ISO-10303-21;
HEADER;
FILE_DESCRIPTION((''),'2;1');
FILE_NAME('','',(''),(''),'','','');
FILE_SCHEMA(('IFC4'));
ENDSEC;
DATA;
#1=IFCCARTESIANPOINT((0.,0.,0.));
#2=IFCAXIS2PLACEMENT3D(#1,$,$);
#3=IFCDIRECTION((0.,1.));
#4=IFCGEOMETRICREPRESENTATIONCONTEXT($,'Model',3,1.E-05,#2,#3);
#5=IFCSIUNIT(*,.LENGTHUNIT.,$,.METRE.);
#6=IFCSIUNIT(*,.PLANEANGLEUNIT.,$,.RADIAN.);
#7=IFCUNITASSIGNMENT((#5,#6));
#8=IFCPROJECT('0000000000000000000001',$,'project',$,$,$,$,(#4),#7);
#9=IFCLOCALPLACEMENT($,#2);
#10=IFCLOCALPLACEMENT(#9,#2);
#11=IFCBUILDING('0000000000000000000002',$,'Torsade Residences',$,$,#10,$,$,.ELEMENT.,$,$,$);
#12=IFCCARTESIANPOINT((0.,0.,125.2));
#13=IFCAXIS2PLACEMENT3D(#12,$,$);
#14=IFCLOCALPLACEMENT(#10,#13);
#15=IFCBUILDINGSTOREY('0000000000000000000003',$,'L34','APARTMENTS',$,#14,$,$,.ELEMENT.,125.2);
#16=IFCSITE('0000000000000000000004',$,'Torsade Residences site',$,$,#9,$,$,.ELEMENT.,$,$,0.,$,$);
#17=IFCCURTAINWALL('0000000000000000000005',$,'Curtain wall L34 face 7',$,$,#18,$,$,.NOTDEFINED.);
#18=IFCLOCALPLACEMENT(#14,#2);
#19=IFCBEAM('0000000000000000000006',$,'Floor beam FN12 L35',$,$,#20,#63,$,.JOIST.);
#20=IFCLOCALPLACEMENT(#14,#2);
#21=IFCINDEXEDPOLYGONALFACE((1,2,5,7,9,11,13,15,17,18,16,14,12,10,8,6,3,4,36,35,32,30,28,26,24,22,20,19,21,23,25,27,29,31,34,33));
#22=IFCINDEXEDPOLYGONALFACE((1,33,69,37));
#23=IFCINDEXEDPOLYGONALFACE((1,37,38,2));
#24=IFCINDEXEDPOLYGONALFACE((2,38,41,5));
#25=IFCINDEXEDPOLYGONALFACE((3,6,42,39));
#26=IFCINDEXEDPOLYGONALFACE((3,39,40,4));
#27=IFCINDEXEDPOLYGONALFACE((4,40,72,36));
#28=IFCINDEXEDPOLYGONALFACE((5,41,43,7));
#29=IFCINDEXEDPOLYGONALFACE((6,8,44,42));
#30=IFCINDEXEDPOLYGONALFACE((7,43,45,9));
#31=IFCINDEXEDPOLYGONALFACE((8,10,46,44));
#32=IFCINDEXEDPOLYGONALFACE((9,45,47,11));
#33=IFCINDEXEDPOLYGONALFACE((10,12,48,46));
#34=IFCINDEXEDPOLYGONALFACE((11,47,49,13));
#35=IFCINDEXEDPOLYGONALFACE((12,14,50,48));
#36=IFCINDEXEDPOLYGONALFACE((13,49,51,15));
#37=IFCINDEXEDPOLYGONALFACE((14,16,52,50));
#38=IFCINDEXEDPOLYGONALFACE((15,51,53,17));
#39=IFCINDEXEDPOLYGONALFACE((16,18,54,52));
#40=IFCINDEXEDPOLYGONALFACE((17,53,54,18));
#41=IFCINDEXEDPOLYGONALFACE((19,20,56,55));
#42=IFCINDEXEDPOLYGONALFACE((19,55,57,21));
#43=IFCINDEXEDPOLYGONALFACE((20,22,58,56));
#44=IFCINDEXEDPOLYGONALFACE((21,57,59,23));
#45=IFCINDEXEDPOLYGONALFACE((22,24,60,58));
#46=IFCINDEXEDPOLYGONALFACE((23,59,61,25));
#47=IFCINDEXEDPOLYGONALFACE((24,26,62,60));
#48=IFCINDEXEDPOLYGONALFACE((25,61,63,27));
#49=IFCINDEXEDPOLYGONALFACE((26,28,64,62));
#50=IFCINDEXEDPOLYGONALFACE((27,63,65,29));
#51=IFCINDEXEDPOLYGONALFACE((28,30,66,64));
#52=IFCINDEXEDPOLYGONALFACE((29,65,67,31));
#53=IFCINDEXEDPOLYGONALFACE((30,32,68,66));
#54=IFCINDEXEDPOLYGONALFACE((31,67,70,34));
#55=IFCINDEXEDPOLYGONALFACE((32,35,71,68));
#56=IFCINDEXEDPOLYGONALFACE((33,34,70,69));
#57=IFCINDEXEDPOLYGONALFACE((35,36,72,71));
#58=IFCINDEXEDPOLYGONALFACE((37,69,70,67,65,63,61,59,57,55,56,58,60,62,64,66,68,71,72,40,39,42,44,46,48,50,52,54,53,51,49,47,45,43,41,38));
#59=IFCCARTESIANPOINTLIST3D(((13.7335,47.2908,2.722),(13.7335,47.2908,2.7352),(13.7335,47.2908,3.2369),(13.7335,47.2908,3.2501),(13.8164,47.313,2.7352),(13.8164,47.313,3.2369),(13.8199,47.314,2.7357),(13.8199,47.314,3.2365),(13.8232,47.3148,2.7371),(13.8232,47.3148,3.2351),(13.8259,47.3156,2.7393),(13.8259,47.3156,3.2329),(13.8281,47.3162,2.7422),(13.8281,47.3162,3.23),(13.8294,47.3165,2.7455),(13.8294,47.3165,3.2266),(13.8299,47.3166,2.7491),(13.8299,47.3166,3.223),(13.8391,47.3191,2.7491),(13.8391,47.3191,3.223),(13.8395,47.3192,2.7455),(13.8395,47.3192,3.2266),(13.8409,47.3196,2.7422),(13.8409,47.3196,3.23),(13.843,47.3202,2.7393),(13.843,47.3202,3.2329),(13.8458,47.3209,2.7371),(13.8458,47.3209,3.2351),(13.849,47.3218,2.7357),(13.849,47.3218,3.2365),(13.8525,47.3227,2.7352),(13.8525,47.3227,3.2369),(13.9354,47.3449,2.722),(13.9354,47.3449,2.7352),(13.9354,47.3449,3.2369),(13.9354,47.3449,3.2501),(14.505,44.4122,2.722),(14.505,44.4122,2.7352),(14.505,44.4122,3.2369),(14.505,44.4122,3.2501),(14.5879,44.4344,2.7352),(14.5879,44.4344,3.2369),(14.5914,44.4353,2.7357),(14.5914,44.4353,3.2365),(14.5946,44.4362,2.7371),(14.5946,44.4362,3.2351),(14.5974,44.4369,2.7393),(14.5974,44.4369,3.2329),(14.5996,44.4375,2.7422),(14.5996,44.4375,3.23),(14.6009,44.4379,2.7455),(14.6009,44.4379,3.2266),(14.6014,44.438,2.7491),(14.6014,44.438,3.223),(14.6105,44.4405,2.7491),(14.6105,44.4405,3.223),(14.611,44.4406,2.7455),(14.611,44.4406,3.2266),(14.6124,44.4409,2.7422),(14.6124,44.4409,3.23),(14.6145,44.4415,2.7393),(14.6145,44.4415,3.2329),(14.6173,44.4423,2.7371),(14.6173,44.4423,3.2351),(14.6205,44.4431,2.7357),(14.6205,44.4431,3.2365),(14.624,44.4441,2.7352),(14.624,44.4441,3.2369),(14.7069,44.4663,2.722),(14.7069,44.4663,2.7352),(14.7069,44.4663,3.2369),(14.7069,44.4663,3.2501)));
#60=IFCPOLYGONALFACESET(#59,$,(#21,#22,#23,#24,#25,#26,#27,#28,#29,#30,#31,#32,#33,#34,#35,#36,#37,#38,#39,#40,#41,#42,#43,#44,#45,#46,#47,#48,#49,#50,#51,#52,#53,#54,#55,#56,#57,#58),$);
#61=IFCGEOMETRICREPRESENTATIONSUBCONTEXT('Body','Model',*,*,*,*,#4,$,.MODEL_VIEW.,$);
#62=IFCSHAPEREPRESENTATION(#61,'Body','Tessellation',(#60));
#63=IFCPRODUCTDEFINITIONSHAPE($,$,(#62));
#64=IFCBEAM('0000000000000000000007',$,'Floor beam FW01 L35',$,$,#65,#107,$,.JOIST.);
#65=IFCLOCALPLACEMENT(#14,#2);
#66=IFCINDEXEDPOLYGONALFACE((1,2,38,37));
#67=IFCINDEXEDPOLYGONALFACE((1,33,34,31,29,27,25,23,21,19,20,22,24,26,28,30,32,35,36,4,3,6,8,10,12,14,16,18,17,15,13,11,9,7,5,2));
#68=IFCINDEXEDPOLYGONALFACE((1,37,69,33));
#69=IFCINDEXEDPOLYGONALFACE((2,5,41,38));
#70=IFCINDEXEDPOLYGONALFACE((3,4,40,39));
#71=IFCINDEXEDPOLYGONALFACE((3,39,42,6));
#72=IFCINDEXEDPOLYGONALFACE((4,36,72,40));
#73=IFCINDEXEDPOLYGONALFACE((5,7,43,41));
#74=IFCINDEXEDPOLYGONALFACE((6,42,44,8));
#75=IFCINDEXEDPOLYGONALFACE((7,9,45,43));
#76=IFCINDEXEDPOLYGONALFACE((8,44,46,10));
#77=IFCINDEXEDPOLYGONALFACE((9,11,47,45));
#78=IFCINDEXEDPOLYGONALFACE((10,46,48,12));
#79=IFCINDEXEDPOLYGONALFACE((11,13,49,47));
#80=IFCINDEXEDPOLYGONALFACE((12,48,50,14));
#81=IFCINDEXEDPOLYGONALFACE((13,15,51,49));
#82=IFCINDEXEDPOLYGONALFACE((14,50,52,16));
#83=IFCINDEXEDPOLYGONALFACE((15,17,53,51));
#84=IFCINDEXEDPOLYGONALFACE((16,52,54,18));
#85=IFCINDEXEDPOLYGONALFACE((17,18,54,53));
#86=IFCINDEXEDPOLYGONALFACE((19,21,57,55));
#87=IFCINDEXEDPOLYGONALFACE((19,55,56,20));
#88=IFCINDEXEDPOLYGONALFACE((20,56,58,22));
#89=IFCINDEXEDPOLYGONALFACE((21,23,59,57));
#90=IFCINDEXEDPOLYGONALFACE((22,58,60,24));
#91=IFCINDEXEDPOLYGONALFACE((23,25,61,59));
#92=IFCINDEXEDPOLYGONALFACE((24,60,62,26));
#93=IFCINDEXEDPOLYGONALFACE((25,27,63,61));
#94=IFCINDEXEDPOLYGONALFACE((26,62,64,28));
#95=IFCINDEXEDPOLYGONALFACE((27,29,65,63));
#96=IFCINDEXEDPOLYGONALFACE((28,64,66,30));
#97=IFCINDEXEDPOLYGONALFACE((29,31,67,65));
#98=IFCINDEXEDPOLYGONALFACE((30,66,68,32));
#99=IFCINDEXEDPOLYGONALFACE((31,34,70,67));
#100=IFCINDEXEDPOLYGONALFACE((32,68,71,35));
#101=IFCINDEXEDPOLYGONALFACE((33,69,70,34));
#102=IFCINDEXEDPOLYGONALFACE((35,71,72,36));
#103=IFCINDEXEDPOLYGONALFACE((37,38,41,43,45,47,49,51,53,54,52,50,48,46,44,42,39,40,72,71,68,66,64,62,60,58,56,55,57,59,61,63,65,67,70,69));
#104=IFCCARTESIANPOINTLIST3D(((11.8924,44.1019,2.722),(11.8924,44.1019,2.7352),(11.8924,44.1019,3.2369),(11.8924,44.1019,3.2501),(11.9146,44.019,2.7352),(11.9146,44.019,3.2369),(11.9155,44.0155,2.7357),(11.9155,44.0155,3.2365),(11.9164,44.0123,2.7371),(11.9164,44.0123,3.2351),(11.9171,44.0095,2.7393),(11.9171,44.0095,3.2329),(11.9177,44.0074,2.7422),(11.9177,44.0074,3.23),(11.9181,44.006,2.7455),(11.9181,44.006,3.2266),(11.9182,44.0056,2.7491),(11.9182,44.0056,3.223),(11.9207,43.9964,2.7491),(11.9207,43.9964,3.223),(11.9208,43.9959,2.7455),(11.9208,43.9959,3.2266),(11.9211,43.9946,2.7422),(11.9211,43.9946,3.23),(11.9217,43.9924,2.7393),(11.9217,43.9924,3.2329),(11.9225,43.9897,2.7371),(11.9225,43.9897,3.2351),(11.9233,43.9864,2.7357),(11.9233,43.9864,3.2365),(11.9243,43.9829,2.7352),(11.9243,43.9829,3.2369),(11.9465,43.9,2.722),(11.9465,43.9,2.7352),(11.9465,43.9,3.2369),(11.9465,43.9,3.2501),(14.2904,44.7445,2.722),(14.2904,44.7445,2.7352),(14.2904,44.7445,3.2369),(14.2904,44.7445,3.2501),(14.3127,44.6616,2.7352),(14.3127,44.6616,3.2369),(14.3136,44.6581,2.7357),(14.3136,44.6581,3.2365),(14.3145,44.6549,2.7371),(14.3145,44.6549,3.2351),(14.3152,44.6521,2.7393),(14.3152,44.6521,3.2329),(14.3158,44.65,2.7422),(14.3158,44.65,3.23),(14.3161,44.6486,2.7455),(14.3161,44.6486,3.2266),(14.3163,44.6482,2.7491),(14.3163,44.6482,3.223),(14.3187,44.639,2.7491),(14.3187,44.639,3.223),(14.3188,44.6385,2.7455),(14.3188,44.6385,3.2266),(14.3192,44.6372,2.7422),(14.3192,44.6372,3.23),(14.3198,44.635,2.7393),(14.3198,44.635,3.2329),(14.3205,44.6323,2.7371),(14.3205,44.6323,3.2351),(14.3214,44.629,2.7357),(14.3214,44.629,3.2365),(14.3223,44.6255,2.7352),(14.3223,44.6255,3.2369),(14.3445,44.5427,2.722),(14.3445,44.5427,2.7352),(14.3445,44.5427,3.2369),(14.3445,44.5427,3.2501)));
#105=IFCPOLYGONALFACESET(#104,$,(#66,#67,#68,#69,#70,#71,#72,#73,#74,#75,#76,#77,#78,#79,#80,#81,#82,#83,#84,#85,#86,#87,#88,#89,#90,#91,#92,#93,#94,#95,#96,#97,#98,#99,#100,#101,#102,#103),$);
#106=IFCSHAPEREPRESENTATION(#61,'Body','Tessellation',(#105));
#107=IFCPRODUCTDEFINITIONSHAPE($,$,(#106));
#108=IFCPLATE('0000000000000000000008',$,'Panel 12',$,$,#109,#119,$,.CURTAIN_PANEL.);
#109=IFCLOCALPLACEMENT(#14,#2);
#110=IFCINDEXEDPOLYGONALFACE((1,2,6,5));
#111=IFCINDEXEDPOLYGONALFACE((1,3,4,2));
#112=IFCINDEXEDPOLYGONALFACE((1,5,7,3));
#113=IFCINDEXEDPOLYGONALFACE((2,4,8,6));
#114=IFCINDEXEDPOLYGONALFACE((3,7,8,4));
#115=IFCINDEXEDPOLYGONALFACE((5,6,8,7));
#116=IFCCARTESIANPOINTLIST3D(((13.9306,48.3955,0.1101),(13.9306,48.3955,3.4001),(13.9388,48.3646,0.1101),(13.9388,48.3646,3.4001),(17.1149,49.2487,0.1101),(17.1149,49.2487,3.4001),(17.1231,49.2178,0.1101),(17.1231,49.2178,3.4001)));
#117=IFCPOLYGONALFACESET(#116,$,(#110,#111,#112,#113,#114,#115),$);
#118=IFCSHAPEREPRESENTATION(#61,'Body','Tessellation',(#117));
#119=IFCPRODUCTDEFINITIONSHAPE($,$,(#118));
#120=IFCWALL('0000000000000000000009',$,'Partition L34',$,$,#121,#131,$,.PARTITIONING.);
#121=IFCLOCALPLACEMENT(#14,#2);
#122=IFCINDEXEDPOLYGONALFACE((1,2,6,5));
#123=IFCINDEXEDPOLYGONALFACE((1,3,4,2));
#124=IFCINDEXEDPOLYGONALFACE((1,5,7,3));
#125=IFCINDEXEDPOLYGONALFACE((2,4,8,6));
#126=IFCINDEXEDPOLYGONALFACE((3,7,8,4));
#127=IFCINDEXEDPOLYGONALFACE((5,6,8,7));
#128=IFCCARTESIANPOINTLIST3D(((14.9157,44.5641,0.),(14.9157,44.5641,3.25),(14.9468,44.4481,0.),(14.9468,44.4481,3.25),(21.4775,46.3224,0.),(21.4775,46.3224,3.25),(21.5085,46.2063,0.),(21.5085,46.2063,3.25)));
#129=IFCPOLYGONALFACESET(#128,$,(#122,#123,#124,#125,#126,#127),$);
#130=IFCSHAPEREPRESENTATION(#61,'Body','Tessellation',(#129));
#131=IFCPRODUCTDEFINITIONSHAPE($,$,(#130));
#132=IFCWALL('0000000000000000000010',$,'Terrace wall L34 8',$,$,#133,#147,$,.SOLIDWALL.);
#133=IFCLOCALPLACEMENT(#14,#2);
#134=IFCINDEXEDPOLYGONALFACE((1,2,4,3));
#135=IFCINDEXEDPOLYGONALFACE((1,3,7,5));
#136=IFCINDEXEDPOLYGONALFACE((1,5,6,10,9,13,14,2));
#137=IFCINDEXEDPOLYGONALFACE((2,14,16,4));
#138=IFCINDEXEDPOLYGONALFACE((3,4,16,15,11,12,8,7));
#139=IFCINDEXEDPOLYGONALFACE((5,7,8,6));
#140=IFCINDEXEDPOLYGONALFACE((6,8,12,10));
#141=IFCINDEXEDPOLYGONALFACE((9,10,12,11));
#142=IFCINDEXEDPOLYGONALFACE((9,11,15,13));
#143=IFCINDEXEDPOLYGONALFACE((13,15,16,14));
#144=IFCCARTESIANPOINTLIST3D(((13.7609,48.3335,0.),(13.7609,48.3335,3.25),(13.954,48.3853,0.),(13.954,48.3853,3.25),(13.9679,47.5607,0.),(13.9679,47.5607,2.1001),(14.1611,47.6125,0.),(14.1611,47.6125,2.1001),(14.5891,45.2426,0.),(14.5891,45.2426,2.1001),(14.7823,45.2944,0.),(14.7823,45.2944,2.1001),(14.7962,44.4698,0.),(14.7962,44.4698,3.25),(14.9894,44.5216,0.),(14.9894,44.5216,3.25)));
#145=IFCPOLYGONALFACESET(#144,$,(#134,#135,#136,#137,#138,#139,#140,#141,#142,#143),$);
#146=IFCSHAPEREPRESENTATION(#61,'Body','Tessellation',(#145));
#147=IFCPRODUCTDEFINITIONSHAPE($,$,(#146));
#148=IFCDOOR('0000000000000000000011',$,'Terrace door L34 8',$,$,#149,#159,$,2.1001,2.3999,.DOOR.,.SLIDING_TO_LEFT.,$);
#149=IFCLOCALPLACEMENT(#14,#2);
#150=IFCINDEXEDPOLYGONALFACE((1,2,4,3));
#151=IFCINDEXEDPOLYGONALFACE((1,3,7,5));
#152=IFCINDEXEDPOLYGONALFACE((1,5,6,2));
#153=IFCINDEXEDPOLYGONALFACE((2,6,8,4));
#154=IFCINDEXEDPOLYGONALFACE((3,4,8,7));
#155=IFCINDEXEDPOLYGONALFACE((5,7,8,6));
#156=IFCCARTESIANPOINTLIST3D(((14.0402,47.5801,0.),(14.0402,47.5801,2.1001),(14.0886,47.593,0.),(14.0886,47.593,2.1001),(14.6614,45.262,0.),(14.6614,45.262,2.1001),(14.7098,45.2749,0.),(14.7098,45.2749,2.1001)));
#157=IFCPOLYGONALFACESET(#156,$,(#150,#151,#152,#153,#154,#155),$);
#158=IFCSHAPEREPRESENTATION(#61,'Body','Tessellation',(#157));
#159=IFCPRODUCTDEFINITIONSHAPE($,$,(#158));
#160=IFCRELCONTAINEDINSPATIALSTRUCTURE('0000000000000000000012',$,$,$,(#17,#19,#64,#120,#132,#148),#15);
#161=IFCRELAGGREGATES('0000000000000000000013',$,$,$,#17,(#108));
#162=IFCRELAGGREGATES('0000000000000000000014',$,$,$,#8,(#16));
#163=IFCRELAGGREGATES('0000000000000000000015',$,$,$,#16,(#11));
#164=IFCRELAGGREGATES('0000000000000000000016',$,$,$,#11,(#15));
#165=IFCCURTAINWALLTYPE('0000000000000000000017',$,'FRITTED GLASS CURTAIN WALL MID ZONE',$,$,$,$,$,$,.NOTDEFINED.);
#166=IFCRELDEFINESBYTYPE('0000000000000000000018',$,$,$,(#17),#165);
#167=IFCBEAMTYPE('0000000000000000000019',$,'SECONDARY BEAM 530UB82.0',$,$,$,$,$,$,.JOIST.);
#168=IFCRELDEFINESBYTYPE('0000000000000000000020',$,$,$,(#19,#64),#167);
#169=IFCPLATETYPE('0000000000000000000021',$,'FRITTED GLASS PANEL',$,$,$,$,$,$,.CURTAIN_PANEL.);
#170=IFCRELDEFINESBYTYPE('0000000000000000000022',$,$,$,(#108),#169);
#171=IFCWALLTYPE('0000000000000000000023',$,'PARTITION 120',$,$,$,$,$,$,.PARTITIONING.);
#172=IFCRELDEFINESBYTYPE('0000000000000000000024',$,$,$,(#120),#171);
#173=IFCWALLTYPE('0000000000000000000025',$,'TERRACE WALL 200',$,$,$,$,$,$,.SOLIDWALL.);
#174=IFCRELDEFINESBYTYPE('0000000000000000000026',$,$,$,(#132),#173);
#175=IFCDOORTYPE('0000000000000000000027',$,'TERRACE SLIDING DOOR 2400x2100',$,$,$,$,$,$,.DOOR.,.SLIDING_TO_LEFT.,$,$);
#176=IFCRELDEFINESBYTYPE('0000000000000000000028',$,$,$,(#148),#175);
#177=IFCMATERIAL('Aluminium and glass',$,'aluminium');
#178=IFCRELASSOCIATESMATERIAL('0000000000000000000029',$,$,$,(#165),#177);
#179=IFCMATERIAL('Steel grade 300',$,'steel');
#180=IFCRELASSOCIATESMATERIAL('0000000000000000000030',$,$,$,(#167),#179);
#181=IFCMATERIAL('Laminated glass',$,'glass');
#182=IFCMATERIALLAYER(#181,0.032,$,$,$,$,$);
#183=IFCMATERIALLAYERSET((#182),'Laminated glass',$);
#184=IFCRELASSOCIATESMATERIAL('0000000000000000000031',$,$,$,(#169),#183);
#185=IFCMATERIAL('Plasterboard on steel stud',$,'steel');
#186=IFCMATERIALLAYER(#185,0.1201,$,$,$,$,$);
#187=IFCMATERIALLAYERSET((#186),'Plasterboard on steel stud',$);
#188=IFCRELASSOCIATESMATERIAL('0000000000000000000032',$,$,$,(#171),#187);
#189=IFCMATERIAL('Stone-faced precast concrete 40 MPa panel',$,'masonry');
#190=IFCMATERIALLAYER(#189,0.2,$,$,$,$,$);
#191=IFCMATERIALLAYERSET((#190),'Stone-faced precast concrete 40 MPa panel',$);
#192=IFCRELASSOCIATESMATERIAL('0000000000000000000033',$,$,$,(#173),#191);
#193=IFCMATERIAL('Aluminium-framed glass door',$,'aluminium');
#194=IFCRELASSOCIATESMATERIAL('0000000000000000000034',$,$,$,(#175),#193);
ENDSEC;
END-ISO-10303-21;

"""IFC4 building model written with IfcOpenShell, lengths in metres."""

from ifc_helpers import new_model, si_unit, direction, frame, frame_2d, origin, origin_2d, place, context, subcontext, project, spatial, rectangle, i_section, extrude, material, layer, layer_set, material_profile, profile_set, type_object, element, fill, aggregate, save


model = new_model("IFC4")

# Units and contexts
model_context = context("Model", 3, precision=1e-05, world=origin(), true_north=direction((0.0, 1.0)))
body_context = subcontext(model_context, "Body", "Model", "MODEL_VIEW")
ifc_project = project(units=[si_unit("LENGTHUNIT", "METRE"), si_unit("PLANEANGLEUNIT", "RADIAN")], contexts=[model_context])

# Site, building, storey
site_placement = place(None, origin())
site = spatial("IfcSite", under=ifc_project, at=site_placement, Name="Torsade Residences site", CompositionType="ELEMENT", RefElevation=0.0)
building_placement = place(site_placement, origin())
building = spatial("IfcBuilding", under=site, at=building_placement, Name="Torsade Residences", CompositionType="ELEMENT")
storey_placement = place(building_placement, frame((0.0, 0.0, 125.2)))
storey = spatial("IfcBuildingStorey", under=building, at=storey_placement, Name="L34", Description="APARTMENTS", CompositionType="ELEMENT", Elevation=125.2)

# Curtain wall
ifc_material_1 = material(Name="Aluminium and glass", Category="aluminium")
curtain_wall_type = type_object("IfcCurtainWallType", Name="FRITTED GLASS CURTAIN WALL MID ZONE", PredefinedType="NOTDEFINED", material=ifc_material_1)
curtain_wall_1_placement = place(storey_placement, origin())
curtain_wall_1 = element("IfcCurtainWall", 1, at=curtain_wall_1_placement, inside=storey, type_object=curtain_wall_type, Name="Curtain wall L34 face 7", PredefinedType="NOTDEFINED")

# Beams
ifc_material_2 = material(Name="Steel grade 300", Category="steel")
ifc_material_profile_1 = material_profile(ifc_material_2, i_section(OverallWidth=0.209, OverallDepth=0.5281, WebThickness=0.0095, FlangeThickness=0.0132, FilletRadius=0.0139, at=origin_2d()), Name="530UB82.0")
ifc_profile_set_1 = profile_set([ifc_material_profile_1], Name="Steel grade 300")
beam_type_1 = type_object("IfcBeamType", Name="SECONDARY BEAM 530UB82.0", PredefinedType="JOIST", material=ifc_profile_set_1)
beam_1_placement = place(storey_placement, frame((13.8345, 47.3179, 2.9861), z_axis=(0.258866, -0.965913, 0.0), x_axis=(0.965913, 0.258866, 0.0)))
element("IfcBeam", 2, at=beam_1_placement, inside=storey, type_object=beam_type_1, Name="Floor beam FN12 L35", PredefinedType="JOIST", context=body_context, shape_type="SweptSolid", body=[
    extrude(i_section(OverallWidth=0.209, OverallDepth=0.5281, WebThickness=0.0095, FlangeThickness=0.0132, FilletRadius=0.0139, at=origin_2d()), origin(), (0.0, 0.0, 1.0), 2.9802),
])
beam_2_placement = place(storey_placement, frame((11.9194, 44.001, 2.9861), z_axis=(0.965921, 0.258838, 0.0), x_axis=(-0.258838, 0.965921, 0.0)))
element("IfcBeam", 3, at=beam_2_placement, inside=storey, type_object=beam_type_1, Name="Floor beam FW01 L35", PredefinedType="JOIST", context=body_context, shape_type="SweptSolid", body=[
    extrude(i_section(OverallWidth=0.209, OverallDepth=0.5281, WebThickness=0.0095, FlangeThickness=0.0132, FilletRadius=0.0139, at=origin_2d()), origin(), (0.0, 0.0, 1.0), 2.4827),
])

# Plate
ifc_material_3 = material(Name="Laminated glass", Category="glass")
ifc_layer_1 = layer(ifc_material_3, 0.032)
ifc_layer_set_1 = layer_set([ifc_layer_1], Name="Laminated glass")
plate_type = type_object("IfcPlateType", Name="FRITTED GLASS PANEL", PredefinedType="CURTAIN_PANEL", material=ifc_layer_set_1)
plate_placement = place(storey_placement, frame((15.5269, 48.8066, 0.1101), z_axis=(0.0, 0.0, 1.0), x_axis=(-0.965926, -0.258819, 0.0)))
plate = element("IfcPlate", 4, at=plate_placement, type_object=plate_type, Name="Panel 12", PredefinedType="CURTAIN_PANEL", context=body_context, shape_type="SweptSolid", body=[
    extrude(rectangle(XDim=3.2966, YDim=0.032, at=origin_2d()), origin(), (0.0, 0.0, 1.0), 3.29),
])
aggregate(curtain_wall_1, [plate])

# Wall
ifc_material_4 = material(Name="Plasterboard on steel stud", Category="steel")
ifc_layer_2 = layer(ifc_material_4, 0.1201)
ifc_layer_set_2 = layer_set([ifc_layer_2], Name="Plasterboard on steel stud")
wall_type_1 = type_object("IfcWallType", Name="PARTITION 120", PredefinedType="PARTITIONING", material=ifc_layer_set_2)
wall_1_placement = place(storey_placement, frame((14.9314, 44.5061, 0.0), z_axis=(0.0, 0.0, 1.0), x_axis=(0.965923, 0.25883, 0.0)))
element("IfcWall", 5, at=wall_1_placement, inside=storey, type_object=wall_type_1, Name="Partition L34", PredefinedType="PARTITIONING", context=body_context, shape_type="SweptSolid", body=[
    extrude(rectangle(XDim=6.7932, YDim=0.1201, at=frame_2d((3.3965, 0.0))), origin(), (0.0, 0.0, 1.0), 3.25),
])

# Wall, opening, door
ifc_material_5 = material(Name="Stone-faced precast concrete 40 MPa panel", Category="masonry")
ifc_layer_3 = layer(ifc_material_5, 0.2)
ifc_layer_set_3 = layer_set([ifc_layer_3], Name="Stone-faced precast concrete 40 MPa panel")
wall_type_2 = type_object("IfcWallType", Name="TERRACE WALL 200", PredefinedType="SOLIDWALL", material=ifc_layer_set_3)
wall_2_placement = place(storey_placement, frame((13.8574, 48.3594, 0.0), z_axis=(0.0, 0.0, 1.0), x_axis=(0.258844, -0.965919, 0.0)))
wall_2 = element("IfcWall", 6, at=wall_2_placement, inside=storey, type_object=wall_type_2, Name="Terrace wall L34 8", PredefinedType="SOLIDWALL", context=body_context, shape_type="SweptSolid", body=[
    extrude(rectangle(XDim=4.0, YDim=0.2, at=frame_2d((2.0, 0.0))), origin(), (0.0, 0.0, 1.0), 3.25),
])
opening_1_placement = place(wall_2_placement, frame((0.8, 0.0, 0.0)))
opening_1 = element("IfcOpeningElement", 7, at=opening_1_placement, cuts=wall_2, PredefinedType="OPENING", context=body_context, shape_type="SweptSolid", body=[
    extrude(rectangle(XDim=2.3999, YDim=2.1001, at=frame_2d((1.2, 1.05))), frame((0.0, 0.1099, 0.0), z_axis=(0.0, -1.0, 0.0), x_axis=(1.0, 0.0, 0.0)), (0.0, 0.0, 1.0), 0.22),
])
ifc_material_6 = material(Name="Aluminium-framed glass door", Category="aluminium")
door_type = type_object("IfcDoorType", Name="TERRACE SLIDING DOOR 2400x2100", OperationType="SLIDING_TO_LEFT", PredefinedType="DOOR", material=ifc_material_6)
door_placement = place(opening_1_placement, origin())
door = element("IfcDoor", 8, at=door_placement, inside=storey, type_object=door_type, Name="Terrace door L34 8", OperationType="SLIDING_TO_LEFT", OverallHeight=2.1001, OverallWidth=2.3999, PredefinedType="DOOR", context=body_context, shape_type="SweptSolid", body=[
    extrude(rectangle(XDim=2.3999, YDim=2.1001, at=frame_2d((1.2, 1.05))), frame((0.0, 0.0249, 0.0), z_axis=(0.0, -1.0, 0.0), x_axis=(1.0, 0.0, 0.0)), (0.0, 0.0, 1.0), 0.05),
])
fill(opening_1, door)

save(model, "model.ifc")
